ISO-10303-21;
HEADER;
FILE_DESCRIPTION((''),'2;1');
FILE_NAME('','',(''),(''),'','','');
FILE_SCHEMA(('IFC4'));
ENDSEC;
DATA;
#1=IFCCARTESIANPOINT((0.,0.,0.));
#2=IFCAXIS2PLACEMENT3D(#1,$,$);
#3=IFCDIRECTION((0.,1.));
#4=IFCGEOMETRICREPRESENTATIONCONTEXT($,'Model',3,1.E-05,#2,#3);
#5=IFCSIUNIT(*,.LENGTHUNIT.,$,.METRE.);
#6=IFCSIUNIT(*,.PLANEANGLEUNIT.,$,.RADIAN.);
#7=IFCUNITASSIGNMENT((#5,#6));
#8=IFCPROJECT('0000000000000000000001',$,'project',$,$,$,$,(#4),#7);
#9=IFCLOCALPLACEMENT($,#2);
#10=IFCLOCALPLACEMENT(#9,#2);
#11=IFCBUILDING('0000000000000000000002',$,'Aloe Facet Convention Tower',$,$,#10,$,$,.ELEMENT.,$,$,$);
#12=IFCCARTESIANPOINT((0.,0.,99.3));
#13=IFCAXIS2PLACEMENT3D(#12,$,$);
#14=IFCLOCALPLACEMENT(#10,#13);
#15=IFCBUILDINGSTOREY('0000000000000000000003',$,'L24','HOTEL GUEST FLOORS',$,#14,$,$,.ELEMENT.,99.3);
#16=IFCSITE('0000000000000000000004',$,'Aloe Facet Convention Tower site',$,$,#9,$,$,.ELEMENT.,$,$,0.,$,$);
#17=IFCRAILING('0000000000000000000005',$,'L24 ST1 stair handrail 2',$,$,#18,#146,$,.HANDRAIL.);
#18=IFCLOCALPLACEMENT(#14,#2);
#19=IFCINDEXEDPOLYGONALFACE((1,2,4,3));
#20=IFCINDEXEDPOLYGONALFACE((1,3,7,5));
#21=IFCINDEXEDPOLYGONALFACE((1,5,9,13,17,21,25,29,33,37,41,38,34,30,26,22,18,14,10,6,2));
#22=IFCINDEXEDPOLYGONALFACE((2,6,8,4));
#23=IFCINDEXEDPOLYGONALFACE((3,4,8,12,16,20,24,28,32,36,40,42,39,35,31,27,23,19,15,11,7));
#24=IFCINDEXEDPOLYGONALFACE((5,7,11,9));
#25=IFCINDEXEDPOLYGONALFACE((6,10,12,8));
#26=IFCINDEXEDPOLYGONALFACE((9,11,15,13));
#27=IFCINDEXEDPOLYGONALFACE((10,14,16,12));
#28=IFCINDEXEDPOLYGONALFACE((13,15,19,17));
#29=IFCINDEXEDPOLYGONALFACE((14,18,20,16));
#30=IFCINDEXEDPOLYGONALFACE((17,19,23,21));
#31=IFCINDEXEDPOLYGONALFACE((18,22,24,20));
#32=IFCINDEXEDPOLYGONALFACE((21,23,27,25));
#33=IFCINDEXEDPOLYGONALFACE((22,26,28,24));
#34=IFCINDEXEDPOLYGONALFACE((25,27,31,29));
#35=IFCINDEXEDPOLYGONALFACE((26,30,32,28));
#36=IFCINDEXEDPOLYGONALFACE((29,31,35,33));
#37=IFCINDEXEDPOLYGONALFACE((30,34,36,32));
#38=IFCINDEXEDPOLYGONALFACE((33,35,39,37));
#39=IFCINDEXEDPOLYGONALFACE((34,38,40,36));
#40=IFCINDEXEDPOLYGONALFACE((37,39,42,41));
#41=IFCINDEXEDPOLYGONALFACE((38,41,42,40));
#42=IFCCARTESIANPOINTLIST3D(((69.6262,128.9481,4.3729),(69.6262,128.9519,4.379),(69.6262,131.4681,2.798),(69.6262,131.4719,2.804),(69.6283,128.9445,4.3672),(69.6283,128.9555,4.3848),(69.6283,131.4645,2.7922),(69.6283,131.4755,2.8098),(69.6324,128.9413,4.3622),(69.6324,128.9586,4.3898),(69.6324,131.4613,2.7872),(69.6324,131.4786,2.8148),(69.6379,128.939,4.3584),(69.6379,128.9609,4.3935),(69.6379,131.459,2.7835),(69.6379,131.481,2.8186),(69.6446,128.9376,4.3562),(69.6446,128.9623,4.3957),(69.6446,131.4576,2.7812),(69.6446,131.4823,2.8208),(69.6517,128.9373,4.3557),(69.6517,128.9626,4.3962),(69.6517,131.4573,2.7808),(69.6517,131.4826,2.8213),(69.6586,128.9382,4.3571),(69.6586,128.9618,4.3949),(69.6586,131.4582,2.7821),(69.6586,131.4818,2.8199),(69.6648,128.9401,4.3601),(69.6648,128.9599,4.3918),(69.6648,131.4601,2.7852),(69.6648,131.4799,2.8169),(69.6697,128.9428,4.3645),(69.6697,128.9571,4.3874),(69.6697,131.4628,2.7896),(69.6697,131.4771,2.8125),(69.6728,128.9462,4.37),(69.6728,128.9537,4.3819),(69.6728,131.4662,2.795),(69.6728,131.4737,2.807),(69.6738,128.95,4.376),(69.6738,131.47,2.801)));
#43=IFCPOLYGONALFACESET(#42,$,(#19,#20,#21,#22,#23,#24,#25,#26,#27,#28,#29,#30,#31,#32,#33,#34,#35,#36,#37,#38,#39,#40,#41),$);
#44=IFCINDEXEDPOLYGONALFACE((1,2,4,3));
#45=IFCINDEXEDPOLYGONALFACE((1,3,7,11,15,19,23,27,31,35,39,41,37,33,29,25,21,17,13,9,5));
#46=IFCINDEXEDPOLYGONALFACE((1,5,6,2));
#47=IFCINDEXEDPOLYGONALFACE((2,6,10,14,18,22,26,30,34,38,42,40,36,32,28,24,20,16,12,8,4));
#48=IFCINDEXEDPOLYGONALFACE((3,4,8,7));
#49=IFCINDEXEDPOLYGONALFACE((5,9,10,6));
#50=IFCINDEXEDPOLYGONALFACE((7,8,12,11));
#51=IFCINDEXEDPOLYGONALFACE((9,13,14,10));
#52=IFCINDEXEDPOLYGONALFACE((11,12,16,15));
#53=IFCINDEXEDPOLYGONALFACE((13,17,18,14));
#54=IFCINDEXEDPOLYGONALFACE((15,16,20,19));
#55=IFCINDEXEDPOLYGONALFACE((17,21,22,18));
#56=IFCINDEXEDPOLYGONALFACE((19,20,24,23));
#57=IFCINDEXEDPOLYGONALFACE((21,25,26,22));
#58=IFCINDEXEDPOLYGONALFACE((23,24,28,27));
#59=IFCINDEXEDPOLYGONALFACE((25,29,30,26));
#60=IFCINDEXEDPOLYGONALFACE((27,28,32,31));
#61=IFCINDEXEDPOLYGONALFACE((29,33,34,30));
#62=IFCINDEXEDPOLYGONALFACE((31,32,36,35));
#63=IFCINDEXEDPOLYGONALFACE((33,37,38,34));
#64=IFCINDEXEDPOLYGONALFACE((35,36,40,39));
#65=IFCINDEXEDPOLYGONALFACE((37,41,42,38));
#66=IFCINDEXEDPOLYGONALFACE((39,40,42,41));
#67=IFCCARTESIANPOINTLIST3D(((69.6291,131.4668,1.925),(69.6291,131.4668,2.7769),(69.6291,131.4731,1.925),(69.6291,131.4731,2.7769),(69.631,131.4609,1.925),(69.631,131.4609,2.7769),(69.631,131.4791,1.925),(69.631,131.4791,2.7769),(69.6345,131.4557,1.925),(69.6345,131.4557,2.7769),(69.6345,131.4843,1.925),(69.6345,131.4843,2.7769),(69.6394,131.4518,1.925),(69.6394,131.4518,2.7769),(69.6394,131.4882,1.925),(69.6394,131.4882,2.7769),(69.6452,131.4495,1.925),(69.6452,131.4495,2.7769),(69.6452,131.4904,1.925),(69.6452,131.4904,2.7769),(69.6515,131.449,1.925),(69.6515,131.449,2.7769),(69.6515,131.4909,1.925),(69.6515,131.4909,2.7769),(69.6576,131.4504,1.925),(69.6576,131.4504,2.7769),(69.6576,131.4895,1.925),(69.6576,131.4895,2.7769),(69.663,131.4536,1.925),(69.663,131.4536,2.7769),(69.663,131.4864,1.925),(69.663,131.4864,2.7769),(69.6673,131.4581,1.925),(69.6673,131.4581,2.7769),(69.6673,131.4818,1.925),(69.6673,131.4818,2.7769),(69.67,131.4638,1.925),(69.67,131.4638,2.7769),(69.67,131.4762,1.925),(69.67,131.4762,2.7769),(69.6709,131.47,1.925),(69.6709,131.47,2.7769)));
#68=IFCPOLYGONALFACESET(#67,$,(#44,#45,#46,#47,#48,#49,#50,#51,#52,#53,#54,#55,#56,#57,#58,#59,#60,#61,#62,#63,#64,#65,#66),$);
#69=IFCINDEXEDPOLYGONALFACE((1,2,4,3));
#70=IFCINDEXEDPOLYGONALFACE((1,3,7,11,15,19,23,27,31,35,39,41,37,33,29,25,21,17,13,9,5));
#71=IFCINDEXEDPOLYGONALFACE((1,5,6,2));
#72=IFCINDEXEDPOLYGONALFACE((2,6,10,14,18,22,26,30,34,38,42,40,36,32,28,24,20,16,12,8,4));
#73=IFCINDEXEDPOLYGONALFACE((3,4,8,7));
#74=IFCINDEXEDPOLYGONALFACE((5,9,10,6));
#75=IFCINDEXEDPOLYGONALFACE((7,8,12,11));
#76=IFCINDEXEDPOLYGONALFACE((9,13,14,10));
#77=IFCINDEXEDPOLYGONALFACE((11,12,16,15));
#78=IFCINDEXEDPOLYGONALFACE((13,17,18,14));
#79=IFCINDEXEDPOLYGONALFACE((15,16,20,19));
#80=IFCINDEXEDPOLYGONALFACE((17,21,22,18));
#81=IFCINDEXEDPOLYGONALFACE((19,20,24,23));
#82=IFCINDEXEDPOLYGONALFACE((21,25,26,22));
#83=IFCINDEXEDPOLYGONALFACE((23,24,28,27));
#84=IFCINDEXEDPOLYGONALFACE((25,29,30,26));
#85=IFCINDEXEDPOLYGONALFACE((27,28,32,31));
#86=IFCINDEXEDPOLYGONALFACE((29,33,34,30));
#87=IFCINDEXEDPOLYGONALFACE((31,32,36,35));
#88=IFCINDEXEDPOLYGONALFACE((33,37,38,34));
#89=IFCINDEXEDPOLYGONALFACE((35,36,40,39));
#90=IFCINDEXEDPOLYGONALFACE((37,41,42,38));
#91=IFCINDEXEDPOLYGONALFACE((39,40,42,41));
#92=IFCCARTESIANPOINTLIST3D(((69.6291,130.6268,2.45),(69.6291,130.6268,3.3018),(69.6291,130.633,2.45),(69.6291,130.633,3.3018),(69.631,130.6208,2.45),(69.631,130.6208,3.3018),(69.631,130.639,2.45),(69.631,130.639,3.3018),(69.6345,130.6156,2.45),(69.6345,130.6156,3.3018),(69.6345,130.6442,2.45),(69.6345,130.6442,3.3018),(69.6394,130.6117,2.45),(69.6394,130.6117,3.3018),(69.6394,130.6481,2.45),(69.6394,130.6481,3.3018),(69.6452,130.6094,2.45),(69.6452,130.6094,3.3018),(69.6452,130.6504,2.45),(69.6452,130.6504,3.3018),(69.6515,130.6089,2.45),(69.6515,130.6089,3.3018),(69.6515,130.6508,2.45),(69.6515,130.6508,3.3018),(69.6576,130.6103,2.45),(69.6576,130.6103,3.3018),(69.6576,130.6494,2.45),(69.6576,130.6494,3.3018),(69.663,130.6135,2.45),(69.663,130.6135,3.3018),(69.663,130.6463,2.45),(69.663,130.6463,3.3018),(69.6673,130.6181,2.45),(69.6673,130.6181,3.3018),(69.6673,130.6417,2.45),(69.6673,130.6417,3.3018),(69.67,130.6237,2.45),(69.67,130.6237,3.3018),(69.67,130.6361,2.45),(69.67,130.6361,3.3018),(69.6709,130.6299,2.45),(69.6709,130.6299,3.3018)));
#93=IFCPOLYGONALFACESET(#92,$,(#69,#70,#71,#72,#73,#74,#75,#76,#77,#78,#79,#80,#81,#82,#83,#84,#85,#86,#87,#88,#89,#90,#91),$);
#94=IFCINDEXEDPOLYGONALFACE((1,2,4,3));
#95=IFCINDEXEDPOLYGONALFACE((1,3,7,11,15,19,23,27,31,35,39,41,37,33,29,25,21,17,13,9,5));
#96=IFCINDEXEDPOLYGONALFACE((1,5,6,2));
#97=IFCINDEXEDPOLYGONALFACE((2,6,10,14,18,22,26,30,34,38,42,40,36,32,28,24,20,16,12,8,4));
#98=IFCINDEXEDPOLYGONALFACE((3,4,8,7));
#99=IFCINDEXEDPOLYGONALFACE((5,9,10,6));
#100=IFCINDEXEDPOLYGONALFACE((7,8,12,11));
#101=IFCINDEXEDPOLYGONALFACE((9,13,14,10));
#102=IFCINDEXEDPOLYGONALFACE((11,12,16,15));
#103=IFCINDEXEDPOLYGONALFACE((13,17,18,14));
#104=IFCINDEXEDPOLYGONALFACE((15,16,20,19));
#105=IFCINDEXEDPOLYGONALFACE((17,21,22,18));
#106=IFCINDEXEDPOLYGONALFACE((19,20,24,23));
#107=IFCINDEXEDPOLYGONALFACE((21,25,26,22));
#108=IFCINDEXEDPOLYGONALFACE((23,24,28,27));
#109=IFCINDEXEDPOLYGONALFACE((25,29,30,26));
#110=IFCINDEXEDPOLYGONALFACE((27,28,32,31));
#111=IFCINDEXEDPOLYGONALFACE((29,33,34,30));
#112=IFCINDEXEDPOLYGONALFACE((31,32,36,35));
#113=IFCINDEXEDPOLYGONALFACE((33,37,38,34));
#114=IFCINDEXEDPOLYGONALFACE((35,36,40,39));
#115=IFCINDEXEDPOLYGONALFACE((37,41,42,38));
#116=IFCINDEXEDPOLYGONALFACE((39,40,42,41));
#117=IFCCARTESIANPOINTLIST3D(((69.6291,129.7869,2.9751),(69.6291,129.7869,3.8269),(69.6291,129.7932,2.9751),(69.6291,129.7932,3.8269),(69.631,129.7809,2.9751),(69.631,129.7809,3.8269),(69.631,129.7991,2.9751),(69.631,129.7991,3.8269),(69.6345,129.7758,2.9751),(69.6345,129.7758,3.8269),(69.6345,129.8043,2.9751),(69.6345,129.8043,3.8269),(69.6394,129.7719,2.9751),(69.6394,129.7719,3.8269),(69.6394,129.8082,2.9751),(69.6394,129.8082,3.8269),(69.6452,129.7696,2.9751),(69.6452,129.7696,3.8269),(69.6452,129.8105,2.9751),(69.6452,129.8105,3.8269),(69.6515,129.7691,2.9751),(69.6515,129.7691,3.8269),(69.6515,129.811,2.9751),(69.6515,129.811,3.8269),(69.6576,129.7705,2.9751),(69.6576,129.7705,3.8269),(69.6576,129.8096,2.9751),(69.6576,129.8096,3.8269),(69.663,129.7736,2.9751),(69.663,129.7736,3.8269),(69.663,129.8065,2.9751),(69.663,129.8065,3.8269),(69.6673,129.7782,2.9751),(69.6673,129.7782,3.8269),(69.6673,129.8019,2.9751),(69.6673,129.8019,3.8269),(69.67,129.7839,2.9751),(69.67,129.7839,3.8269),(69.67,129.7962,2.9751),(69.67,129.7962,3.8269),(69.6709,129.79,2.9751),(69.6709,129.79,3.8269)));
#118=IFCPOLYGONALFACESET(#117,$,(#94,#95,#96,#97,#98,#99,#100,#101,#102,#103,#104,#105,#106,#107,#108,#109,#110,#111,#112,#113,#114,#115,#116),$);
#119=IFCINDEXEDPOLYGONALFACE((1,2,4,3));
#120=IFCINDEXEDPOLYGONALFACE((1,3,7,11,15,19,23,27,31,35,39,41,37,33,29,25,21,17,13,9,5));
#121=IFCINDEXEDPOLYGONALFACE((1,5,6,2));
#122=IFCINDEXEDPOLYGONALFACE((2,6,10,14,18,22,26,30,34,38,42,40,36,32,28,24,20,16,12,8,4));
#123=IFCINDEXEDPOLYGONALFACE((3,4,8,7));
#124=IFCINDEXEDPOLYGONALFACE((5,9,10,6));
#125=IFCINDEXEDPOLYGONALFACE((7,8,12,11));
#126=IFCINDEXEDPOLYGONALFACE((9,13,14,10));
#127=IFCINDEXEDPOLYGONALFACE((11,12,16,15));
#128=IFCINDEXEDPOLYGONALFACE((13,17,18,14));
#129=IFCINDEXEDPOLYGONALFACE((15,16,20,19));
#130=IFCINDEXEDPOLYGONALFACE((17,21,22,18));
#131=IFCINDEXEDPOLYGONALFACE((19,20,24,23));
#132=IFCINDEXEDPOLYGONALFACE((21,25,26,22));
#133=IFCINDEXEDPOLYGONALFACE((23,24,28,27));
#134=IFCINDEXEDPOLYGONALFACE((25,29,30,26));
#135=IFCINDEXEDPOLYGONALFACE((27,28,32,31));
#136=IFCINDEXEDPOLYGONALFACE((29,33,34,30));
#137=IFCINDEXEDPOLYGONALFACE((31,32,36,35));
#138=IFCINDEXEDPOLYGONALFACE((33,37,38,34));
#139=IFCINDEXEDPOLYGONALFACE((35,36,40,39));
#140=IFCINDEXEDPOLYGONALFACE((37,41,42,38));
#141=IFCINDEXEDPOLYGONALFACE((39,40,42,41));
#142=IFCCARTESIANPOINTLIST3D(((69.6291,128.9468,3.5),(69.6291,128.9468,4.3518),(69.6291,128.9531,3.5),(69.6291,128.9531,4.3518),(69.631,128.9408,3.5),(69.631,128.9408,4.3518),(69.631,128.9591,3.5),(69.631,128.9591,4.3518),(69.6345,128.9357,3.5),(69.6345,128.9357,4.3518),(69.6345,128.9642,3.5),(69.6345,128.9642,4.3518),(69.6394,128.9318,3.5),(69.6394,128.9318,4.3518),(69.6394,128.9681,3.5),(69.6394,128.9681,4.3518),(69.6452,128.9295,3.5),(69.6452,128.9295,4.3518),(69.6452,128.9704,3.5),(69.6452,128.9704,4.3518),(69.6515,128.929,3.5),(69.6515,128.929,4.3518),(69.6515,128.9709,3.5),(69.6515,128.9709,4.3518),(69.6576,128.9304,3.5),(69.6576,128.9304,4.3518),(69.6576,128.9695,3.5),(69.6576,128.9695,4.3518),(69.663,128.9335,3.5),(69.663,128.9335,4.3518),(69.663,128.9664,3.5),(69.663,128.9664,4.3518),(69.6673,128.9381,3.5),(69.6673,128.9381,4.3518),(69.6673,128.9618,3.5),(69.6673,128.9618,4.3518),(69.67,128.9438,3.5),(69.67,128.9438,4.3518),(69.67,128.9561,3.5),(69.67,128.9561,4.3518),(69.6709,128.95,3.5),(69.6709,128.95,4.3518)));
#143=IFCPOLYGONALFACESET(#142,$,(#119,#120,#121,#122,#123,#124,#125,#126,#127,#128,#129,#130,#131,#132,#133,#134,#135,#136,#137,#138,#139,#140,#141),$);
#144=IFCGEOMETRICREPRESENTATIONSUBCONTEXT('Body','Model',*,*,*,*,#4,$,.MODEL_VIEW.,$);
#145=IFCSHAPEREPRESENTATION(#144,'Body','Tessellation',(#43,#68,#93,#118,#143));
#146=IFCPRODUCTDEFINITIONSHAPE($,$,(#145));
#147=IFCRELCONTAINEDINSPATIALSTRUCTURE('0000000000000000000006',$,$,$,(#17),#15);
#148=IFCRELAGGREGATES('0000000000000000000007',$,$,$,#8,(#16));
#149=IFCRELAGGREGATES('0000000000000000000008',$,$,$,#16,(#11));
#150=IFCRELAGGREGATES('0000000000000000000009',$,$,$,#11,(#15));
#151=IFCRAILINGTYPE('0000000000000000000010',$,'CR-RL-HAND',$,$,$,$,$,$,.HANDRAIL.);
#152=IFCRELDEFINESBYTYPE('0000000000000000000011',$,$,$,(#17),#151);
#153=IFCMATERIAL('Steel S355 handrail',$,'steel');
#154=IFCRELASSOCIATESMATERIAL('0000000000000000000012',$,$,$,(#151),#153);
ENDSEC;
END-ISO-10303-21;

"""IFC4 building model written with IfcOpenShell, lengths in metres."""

from ifc_helpers import new_model, si_unit, direction, frame, origin, origin_2d, place, context, subcontext, project, spatial, circle, extrude, material, type_object, element, save


model = new_model("IFC4")

# Units and contexts
model_context = context("Model", 3, precision=1e-05, world=origin(), true_north=direction((0.0, 1.0)))
body_context = subcontext(model_context, "Body", "Model", "MODEL_VIEW")
ifc_project = project(units=[si_unit("LENGTHUNIT", "METRE"), si_unit("PLANEANGLEUNIT", "RADIAN")], contexts=[model_context])

# Site, building, storey
site_placement = place(None, origin())
site = spatial("IfcSite", under=ifc_project, at=site_placement, Name="Aloe Facet Convention Tower site", CompositionType="ELEMENT", RefElevation=0.0)
building_placement = place(site_placement, origin())
building = spatial("IfcBuilding", under=site, at=building_placement, Name="Aloe Facet Convention Tower", CompositionType="ELEMENT")
storey_placement = place(building_placement, frame((0.0, 0.0, 99.3)))
storey = spatial("IfcBuildingStorey", under=building, at=storey_placement, Name="L24", Description="HOTEL GUEST FLOORS", CompositionType="ELEMENT", Elevation=99.3)

# Railing
ifc_material_1 = material(Name="Steel S355 handrail", Category="steel")
railing_type_1 = type_object("IfcRailingType", Name="CR-RL-HAND", PredefinedType="HANDRAIL", material=ifc_material_1)
railing_1_placement = place(storey_placement, frame((69.6499, 131.47, 1.925)))
element("IfcRailing", 1, at=railing_1_placement, inside=storey, type_object=railing_type_1, Name="L24 ST1 stair handrail 2", PredefinedType="HANDRAIL", context=body_context, shape_type="SweptSolid", body=[
    extrude(circle(Radius=0.0239, at=origin_2d()), frame((0.0, 0.0, 0.876), z_axis=(0.0, -0.848008, 0.529984), x_axis=(1.0, 0.0, 0.0)), (0.0, 0.0, 1.0), 2.9717),
    extrude(circle(Radius=0.021, at=origin_2d()), origin(), (0.0, 0.0, 1.0), 0.8518),
    extrude(circle(Radius=0.021, at=origin_2d()), frame((0.0, -0.8401, 0.5249)), (0.0, 0.0, 1.0), 0.8518),
    extrude(circle(Radius=0.021, at=origin_2d()), frame((0.0, -1.6799, 1.05)), (0.0, 0.0, 1.0), 0.8518),
    extrude(circle(Radius=0.021, at=origin_2d()), frame((0.0, -2.52, 1.575)), (0.0, 0.0, 1.0), 0.8518),
])

save(model, "model.ifc")
